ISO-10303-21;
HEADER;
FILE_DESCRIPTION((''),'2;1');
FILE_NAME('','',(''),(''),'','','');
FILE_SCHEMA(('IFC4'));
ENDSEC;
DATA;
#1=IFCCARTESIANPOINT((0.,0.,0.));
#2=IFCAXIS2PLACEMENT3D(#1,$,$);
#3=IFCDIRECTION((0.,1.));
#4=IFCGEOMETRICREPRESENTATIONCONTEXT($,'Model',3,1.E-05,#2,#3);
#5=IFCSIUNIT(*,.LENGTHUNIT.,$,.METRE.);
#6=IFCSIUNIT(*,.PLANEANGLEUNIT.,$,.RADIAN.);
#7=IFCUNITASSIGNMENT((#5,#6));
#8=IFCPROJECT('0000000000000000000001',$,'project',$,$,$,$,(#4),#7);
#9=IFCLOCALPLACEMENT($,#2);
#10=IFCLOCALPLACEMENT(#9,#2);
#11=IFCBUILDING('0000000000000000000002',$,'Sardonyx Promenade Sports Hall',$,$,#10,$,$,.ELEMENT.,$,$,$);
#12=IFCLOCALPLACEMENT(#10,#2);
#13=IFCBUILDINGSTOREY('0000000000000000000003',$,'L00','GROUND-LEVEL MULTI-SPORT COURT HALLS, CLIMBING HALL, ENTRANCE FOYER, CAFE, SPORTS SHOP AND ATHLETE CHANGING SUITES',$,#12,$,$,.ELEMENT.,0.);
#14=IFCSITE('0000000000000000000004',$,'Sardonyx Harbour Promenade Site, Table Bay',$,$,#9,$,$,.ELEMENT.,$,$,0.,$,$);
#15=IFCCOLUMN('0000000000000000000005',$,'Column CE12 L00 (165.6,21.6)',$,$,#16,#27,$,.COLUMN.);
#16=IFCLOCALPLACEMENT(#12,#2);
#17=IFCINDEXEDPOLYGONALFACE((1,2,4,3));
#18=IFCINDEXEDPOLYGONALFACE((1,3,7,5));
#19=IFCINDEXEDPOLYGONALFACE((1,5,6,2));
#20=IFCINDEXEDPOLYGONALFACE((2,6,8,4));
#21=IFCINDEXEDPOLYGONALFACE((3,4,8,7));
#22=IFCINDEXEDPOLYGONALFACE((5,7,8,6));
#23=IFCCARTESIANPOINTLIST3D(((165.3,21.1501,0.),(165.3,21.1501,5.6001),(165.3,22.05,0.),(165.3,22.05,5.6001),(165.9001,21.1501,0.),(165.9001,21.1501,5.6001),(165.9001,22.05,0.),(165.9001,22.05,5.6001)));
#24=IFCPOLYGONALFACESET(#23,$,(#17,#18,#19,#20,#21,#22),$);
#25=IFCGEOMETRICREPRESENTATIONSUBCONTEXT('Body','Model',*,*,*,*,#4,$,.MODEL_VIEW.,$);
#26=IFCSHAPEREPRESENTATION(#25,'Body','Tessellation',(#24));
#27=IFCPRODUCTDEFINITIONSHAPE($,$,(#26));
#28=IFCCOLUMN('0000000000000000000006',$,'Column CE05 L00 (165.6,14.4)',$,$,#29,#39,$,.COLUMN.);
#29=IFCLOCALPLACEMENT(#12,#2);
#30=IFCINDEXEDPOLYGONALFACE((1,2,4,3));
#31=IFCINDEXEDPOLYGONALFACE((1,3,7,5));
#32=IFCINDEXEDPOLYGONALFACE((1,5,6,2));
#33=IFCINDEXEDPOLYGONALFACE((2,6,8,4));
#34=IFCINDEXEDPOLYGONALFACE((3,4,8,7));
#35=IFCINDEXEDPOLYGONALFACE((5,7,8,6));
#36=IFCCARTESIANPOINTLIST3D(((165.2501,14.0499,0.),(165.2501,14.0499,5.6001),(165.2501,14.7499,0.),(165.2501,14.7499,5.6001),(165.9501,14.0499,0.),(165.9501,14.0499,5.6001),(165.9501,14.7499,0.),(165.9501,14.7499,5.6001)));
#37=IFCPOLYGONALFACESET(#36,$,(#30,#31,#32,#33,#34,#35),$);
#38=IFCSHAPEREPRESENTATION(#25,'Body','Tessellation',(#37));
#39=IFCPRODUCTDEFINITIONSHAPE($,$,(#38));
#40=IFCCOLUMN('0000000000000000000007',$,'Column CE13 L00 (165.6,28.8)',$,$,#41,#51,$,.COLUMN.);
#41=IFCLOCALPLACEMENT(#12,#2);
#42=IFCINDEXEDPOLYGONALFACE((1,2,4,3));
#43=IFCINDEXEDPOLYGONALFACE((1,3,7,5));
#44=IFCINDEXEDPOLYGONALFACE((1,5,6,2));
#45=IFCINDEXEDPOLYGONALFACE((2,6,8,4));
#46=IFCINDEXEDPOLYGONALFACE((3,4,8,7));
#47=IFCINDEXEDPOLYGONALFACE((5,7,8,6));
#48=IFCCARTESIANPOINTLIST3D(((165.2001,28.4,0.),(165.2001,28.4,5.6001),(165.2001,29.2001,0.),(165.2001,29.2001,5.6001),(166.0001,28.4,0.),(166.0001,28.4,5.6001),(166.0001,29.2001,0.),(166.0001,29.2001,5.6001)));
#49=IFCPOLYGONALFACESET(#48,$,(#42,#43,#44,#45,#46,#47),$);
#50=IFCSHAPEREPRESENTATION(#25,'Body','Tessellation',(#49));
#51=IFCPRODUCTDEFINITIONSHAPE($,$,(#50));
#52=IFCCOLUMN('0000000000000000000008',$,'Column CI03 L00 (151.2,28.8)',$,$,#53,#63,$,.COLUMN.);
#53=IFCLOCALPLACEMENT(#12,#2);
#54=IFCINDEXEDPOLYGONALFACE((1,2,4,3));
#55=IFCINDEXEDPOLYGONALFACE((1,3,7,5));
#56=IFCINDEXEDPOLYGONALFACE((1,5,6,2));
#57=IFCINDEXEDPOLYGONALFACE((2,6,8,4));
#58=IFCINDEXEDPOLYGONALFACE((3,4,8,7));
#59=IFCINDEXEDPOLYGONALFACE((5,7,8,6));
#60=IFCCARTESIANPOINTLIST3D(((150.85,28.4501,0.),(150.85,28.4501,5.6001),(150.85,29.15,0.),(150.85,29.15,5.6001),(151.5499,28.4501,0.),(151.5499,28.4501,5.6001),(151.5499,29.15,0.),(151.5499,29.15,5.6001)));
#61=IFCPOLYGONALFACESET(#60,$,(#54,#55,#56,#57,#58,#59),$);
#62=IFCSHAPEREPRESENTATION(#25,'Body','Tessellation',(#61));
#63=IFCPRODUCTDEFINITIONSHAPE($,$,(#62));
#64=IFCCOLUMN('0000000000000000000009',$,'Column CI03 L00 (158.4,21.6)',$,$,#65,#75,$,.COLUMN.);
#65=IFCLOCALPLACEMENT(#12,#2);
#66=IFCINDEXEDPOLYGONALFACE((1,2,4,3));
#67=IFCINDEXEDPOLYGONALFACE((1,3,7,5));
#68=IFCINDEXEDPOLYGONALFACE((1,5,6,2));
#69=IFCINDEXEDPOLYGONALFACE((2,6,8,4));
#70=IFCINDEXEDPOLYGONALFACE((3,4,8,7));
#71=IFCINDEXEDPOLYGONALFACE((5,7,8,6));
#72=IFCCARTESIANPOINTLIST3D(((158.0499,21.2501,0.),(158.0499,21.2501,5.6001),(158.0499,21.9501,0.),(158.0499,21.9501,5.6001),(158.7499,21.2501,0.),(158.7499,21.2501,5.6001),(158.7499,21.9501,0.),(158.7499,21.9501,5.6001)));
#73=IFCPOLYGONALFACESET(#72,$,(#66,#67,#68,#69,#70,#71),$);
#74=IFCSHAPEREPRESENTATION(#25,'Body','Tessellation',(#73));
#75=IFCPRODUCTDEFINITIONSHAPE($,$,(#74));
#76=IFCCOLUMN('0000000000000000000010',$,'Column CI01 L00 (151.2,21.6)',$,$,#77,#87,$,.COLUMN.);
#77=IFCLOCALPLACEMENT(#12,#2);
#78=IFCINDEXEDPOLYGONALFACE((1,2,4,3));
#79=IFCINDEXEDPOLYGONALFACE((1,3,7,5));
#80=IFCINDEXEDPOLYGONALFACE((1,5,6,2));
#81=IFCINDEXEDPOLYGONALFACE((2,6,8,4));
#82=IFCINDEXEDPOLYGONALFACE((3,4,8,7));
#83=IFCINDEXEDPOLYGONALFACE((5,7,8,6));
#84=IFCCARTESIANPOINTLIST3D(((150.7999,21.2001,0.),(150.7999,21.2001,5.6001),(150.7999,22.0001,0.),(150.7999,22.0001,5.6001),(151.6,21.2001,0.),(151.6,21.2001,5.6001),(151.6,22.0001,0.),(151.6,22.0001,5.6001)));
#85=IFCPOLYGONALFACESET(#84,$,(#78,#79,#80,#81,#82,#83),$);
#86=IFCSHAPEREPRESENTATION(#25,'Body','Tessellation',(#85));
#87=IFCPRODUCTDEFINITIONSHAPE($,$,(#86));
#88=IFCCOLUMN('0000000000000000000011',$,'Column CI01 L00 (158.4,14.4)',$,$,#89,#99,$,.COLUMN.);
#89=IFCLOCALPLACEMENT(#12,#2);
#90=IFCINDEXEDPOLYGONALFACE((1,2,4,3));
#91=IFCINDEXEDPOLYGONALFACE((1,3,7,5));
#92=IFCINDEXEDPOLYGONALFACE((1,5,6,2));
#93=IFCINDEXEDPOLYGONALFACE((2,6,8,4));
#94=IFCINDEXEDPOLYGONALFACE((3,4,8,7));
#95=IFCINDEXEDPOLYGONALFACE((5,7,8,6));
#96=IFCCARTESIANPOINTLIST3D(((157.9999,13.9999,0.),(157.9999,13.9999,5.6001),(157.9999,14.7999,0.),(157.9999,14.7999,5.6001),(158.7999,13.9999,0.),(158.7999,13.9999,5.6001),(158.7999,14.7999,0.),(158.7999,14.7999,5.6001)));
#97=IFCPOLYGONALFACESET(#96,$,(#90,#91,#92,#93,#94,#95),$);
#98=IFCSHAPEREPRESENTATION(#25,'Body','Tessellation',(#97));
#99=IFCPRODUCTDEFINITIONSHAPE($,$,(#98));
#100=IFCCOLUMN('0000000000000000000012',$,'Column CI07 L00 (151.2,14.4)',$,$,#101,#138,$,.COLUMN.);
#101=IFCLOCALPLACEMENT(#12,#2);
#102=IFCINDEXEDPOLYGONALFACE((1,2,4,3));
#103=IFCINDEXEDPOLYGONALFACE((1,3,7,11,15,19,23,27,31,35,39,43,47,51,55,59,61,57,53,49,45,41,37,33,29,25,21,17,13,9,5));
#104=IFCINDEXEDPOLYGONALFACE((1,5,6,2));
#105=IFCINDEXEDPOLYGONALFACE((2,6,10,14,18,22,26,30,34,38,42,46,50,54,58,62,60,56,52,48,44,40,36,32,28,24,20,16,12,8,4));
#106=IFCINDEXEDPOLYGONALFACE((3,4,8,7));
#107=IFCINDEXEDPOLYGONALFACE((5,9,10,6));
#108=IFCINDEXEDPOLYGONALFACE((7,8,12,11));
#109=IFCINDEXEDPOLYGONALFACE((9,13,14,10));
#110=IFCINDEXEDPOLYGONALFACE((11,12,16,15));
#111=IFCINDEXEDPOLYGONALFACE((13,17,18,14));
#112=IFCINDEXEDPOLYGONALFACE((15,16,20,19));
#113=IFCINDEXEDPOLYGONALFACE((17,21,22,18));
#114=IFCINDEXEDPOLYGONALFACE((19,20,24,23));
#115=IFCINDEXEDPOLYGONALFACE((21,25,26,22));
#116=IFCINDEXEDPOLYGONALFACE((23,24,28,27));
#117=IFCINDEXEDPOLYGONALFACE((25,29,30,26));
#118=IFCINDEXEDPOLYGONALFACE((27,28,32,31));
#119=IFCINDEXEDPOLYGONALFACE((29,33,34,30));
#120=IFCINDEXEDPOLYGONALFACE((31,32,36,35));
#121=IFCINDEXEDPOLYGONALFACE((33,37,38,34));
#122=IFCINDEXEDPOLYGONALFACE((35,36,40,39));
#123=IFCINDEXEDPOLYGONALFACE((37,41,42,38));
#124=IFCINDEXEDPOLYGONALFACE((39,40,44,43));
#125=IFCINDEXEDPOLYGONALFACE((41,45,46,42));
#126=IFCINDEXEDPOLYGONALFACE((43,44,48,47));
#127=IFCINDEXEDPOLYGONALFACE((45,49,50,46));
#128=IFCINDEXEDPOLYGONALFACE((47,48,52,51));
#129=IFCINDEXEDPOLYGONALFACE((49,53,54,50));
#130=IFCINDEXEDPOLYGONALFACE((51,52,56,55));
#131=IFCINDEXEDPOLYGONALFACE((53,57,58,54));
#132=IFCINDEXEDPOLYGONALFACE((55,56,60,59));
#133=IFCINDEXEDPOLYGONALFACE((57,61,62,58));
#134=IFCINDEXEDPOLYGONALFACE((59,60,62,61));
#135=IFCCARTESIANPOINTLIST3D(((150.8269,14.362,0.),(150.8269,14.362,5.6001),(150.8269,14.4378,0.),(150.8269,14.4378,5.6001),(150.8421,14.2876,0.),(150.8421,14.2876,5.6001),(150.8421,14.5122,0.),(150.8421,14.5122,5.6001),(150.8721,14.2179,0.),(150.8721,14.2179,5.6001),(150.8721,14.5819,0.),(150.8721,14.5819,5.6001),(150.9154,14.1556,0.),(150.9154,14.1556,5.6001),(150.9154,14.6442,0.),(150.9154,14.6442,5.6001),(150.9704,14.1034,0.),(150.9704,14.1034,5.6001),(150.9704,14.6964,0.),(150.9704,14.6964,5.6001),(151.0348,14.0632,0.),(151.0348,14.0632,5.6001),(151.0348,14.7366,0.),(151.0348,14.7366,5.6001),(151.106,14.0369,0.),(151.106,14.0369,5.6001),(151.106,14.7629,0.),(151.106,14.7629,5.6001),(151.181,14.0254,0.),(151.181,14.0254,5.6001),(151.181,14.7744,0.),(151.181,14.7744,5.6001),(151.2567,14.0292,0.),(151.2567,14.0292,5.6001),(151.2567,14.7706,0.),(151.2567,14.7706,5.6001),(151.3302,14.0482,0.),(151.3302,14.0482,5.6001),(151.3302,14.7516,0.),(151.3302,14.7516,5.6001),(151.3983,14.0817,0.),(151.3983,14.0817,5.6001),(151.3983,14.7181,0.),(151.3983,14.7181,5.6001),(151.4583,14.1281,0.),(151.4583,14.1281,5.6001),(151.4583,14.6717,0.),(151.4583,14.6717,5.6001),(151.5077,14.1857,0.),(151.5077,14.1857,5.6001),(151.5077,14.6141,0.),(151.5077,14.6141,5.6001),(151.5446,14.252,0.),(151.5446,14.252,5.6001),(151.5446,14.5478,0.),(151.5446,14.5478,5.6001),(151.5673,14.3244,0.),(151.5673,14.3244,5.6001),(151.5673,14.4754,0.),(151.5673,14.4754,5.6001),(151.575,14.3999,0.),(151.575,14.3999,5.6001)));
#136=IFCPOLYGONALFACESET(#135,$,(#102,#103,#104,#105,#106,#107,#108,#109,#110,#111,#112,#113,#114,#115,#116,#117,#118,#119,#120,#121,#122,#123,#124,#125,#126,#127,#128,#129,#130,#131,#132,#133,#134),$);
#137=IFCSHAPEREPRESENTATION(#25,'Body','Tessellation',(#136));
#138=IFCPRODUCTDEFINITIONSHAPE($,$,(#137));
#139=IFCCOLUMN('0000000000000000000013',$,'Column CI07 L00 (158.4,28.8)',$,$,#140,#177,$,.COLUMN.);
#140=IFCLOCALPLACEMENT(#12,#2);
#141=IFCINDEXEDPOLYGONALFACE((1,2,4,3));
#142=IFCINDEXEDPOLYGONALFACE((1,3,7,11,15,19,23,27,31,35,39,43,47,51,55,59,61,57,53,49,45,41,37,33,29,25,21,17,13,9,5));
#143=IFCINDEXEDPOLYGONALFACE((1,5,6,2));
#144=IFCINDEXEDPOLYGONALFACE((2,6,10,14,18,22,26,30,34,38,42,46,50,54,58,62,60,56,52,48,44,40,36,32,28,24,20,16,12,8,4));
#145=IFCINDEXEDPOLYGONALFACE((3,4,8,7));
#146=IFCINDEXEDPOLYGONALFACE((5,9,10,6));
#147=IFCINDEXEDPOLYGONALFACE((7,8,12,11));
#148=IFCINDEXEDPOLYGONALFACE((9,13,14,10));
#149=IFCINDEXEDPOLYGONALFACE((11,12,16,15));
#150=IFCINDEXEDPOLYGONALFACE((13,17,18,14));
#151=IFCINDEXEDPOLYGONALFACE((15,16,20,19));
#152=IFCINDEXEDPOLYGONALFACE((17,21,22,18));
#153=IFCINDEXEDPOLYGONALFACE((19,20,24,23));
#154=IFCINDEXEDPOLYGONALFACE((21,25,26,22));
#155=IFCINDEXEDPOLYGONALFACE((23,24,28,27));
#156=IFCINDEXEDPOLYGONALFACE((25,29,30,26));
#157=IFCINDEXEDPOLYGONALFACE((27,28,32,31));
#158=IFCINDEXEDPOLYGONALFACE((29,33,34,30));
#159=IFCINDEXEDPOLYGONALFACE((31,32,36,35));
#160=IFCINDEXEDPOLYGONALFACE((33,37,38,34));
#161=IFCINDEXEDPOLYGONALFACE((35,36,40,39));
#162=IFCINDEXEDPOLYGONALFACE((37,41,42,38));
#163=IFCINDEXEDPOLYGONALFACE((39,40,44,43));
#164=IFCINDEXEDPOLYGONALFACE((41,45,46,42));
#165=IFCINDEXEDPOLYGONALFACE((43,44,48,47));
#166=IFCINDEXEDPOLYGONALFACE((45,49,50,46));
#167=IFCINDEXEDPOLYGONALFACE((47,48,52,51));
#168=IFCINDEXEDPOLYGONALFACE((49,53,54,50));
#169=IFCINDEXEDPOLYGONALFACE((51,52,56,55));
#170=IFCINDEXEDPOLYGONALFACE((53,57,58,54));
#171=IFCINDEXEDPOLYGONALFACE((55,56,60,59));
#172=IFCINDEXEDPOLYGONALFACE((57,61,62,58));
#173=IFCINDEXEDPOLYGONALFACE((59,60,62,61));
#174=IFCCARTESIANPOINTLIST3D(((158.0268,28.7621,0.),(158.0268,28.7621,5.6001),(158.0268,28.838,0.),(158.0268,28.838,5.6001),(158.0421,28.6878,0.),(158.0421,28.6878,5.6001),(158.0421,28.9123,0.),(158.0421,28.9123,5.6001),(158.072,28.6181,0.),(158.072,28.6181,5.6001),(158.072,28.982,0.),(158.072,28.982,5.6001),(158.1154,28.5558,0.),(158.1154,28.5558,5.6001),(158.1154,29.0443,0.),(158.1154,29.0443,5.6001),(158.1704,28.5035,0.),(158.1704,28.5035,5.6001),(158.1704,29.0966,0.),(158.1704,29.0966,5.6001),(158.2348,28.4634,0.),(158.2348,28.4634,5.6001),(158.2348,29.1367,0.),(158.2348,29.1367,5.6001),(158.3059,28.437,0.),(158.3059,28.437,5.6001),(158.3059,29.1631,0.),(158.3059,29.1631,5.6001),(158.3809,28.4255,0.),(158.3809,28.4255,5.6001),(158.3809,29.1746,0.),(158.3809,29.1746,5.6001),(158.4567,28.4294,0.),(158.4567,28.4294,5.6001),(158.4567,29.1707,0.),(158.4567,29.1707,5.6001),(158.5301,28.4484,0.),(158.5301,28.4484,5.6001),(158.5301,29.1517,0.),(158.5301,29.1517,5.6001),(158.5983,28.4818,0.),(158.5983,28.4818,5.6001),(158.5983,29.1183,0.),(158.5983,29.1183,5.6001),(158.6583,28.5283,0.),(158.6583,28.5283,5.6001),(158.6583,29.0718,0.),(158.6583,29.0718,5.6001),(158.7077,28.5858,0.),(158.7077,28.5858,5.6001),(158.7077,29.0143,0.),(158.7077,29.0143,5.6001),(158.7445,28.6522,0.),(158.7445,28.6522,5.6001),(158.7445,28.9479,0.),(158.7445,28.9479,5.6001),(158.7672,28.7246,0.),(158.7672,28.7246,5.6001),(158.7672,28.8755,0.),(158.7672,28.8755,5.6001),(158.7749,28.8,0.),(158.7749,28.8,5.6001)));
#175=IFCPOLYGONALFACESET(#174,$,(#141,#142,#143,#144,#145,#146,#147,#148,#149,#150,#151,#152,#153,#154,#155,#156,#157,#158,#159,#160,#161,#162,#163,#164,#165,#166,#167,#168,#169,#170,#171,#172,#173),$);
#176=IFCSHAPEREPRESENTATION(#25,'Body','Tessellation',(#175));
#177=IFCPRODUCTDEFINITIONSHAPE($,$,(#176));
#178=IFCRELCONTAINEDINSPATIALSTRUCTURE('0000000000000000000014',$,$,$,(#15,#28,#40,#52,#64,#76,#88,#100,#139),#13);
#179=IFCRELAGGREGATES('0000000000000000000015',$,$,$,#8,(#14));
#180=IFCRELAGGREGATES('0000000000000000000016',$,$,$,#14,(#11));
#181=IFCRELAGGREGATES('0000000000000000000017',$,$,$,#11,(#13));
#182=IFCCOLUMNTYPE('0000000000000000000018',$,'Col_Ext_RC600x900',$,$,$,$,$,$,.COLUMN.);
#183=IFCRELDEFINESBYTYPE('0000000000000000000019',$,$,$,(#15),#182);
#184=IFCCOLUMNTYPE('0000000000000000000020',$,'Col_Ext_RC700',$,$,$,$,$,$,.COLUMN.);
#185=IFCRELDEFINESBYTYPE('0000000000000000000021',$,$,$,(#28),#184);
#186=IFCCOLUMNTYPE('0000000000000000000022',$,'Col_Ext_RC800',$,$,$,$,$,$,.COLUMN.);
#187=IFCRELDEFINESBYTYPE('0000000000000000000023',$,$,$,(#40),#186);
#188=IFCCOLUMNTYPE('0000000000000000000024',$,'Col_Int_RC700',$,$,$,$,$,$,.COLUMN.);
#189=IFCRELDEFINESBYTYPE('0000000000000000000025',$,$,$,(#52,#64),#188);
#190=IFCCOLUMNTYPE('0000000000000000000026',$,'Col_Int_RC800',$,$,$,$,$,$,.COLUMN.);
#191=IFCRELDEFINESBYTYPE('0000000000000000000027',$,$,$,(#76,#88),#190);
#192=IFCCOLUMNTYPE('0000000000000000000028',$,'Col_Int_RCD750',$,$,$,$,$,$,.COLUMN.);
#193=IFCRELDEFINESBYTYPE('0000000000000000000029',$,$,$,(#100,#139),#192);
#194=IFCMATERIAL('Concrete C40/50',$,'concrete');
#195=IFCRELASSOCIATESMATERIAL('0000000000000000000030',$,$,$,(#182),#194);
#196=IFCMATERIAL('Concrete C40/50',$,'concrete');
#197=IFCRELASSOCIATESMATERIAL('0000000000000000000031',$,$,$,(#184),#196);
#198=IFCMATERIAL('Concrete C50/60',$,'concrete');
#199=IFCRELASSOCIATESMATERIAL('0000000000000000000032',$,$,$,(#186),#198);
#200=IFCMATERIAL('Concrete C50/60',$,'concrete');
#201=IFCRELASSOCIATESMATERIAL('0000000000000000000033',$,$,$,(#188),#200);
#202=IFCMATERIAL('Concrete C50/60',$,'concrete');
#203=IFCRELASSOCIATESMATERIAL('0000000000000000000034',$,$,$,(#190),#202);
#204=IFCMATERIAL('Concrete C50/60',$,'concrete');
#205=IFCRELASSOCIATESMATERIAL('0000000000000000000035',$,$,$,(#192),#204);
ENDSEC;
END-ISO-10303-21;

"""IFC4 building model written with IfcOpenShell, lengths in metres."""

from ifc_helpers import new_model, si_unit, direction, frame, origin, origin_2d, place, context, subcontext, project, spatial, rectangle, circle, extrude, material, material_profile, profile_set, type_object, element, save


model = new_model("IFC4")

# Units and contexts
model_context = context("Model", 3, precision=1e-05, world=origin(), true_north=direction((0.0, 1.0)))
body_context = subcontext(model_context, "Body", "Model", "MODEL_VIEW")
ifc_project = project(units=[si_unit("LENGTHUNIT", "METRE"), si_unit("PLANEANGLEUNIT", "RADIAN")], contexts=[model_context])

# Site, building, storey
site_placement = place(None, origin())
site = spatial("IfcSite", under=ifc_project, at=site_placement, Name="Sardonyx Harbour Promenade Site, Table Bay", CompositionType="ELEMENT", RefElevation=0.0)
building_placement = place(site_placement, origin())
building = spatial("IfcBuilding", under=site, at=building_placement, Name="Sardonyx Promenade Sports Hall", CompositionType="ELEMENT")
storey_placement = place(building_placement, origin())
storey = spatial("IfcBuildingStorey", under=building, at=storey_placement, Name="L00", Description="GROUND-LEVEL MULTI-SPORT COURT HALLS, CLIMBING HALL, ENTRANCE FOYER, CAFE, SPORTS SHOP AND ATHLETE CHANGING SUITES", CompositionType="ELEMENT", Elevation=0.0)

# Columns
ifc_material_1 = material(Name="Concrete C40/50", Category="concrete")
ifc_material_profile_1 = material_profile(ifc_material_1, rectangle(XDim=0.6001, YDim=0.8999, at=origin_2d()))
ifc_profile_set_1 = profile_set([ifc_material_profile_1], Name="Concrete C40/50")
column_type_1 = type_object("IfcColumnType", Name="Col_Ext_RC600x900", PredefinedType="COLUMN", material=ifc_profile_set_1)
column_1_placement = place(storey_placement, frame((165.6001, 21.6001, 0.0), z_axis=(0.0, 0.0, 1.0), x_axis=(1.0, 0.0, 0.0)))
element("IfcColumn", 1, at=column_1_placement, inside=storey, type_object=column_type_1, Name="Column CE12 L00 (165.6,21.6)", PredefinedType="COLUMN", context=body_context, shape_type="SweptSolid", body=[
    extrude(rectangle(XDim=0.6001, YDim=0.8999, at=origin_2d()), origin(), (0.0, 0.0, 1.0), 5.6001),
])
ifc_material_2 = material(Name="Concrete C40/50", Category="concrete")
ifc_material_profile_2 = material_profile(ifc_material_2, rectangle(XDim=0.7, YDim=0.7, at=origin_2d()))
ifc_profile_set_2 = profile_set([ifc_material_profile_2], Name="Concrete C40/50")
column_type_2 = type_object("IfcColumnType", Name="Col_Ext_RC700", PredefinedType="COLUMN", material=ifc_profile_set_2)
column_2_placement = place(storey_placement, frame((165.6001, 14.3999, 0.0), z_axis=(0.0, 0.0, 1.0), x_axis=(1.0, 0.0, 0.0)))
element("IfcColumn", 2, at=column_2_placement, inside=storey, type_object=column_type_2, Name="Column CE05 L00 (165.6,14.4)", PredefinedType="COLUMN", context=body_context, shape_type="SweptSolid", body=[
    extrude(rectangle(XDim=0.7, YDim=0.7, at=origin_2d()), origin(), (0.0, 0.0, 1.0), 5.6001),
])
ifc_material_3 = material(Name="Concrete C50/60", Category="concrete")
ifc_material_profile_3 = material_profile(ifc_material_3, rectangle(XDim=0.8, YDim=0.8, at=origin_2d()))
ifc_profile_set_3 = profile_set([ifc_material_profile_3], Name="Concrete C50/60")
column_type_3 = type_object("IfcColumnType", Name="Col_Ext_RC800", PredefinedType="COLUMN", material=ifc_profile_set_3)
column_3_placement = place(storey_placement, frame((165.6001, 28.8, 0.0), z_axis=(0.0, 0.0, 1.0), x_axis=(1.0, 0.0, 0.0)))
element("IfcColumn", 3, at=column_3_placement, inside=storey, type_object=column_type_3, Name="Column CE13 L00 (165.6,28.8)", PredefinedType="COLUMN", context=body_context, shape_type="SweptSolid", body=[
    extrude(rectangle(XDim=0.8, YDim=0.8, at=origin_2d()), origin(), (0.0, 0.0, 1.0), 5.6001),
])
ifc_material_4 = material(Name="Concrete C50/60", Category="concrete")
ifc_material_profile_4 = material_profile(ifc_material_4, rectangle(XDim=0.7, YDim=0.7, at=origin_2d()))
ifc_profile_set_4 = profile_set([ifc_material_profile_4], Name="Concrete C50/60")
column_type_4 = type_object("IfcColumnType", Name="Col_Int_RC700", PredefinedType="COLUMN", material=ifc_profile_set_4)
for number, where, z_axis, x_axis, name in (
    (4, (151.2, 28.8, 0.0), (0.0, 0.0, 1.0), (1.0, 0.0, 0.0), "Column CI03 L00 (151.2,28.8)"),
    (5, (158.3999, 21.6001, 0.0), (0.0, 0.0, 1.0), (1.0, 0.0, 0.0), "Column CI03 L00 (158.4,21.6)"),
):
    element("IfcColumn", number, at=place(storey_placement, frame(where, z_axis=z_axis, x_axis=x_axis)), inside=storey, type_object=column_type_4, Name=name, PredefinedType="COLUMN", context=body_context, shape_type="SweptSolid", body=[
        extrude(rectangle(XDim=0.7, YDim=0.7, at=origin_2d()), origin(), (0.0, 0.0, 1.0), 5.6001),
    ])
ifc_material_5 = material(Name="Concrete C50/60", Category="concrete")
ifc_material_profile_5 = material_profile(ifc_material_5, rectangle(XDim=0.8, YDim=0.8, at=origin_2d()))
ifc_profile_set_5 = profile_set([ifc_material_profile_5], Name="Concrete C50/60")
column_type_5 = type_object("IfcColumnType", Name="Col_Int_RC800", PredefinedType="COLUMN", material=ifc_profile_set_5)
for number, where, z_axis, x_axis, name in (
    (6, (151.2, 21.6001, 0.0), (0.0, 0.0, 1.0), (1.0, 0.0, 0.0), "Column CI01 L00 (151.2,21.6)"),
    (7, (158.3999, 14.3999, 0.0), (0.0, 0.0, 1.0), (1.0, 0.0, 0.0), "Column CI01 L00 (158.4,14.4)"),
):
    element("IfcColumn", number, at=place(storey_placement, frame(where, z_axis=z_axis, x_axis=x_axis)), inside=storey, type_object=column_type_5, Name=name, PredefinedType="COLUMN", context=body_context, shape_type="SweptSolid", body=[
        extrude(rectangle(XDim=0.8, YDim=0.8, at=origin_2d()), origin(), (0.0, 0.0, 1.0), 5.6001),
    ])
ifc_material_6 = material(Name="Concrete C50/60", Category="concrete")
ifc_material_profile_6 = material_profile(ifc_material_6, circle(Radius=0.375, at=origin_2d()))
ifc_profile_set_6 = profile_set([ifc_material_profile_6], Name="Concrete C50/60")
column_type_6 = type_object("IfcColumnType", Name="Col_Int_RCD750", PredefinedType="COLUMN", material=ifc_profile_set_6)
for number, where, z_axis, x_axis, name in (
    (8, (151.2, 14.3999, 0.0), (0.0, 0.0, 1.0), (1.0, 0.0, 0.0), "Column CI07 L00 (151.2,14.4)"),
    (9, (158.3999, 28.8, 0.0), (0.0, 0.0, 1.0), (1.0, 0.0, 0.0), "Column CI07 L00 (158.4,28.8)"),
):
    element("IfcColumn", number, at=place(storey_placement, frame(where, z_axis=z_axis, x_axis=x_axis)), inside=storey, type_object=column_type_6, Name=name, PredefinedType="COLUMN", context=body_context, shape_type="SweptSolid", body=[
        extrude(circle(Radius=0.375, at=origin_2d()), origin(), (0.0, 0.0, 1.0), 5.6001),
    ])

save(model, "model.ifc")
